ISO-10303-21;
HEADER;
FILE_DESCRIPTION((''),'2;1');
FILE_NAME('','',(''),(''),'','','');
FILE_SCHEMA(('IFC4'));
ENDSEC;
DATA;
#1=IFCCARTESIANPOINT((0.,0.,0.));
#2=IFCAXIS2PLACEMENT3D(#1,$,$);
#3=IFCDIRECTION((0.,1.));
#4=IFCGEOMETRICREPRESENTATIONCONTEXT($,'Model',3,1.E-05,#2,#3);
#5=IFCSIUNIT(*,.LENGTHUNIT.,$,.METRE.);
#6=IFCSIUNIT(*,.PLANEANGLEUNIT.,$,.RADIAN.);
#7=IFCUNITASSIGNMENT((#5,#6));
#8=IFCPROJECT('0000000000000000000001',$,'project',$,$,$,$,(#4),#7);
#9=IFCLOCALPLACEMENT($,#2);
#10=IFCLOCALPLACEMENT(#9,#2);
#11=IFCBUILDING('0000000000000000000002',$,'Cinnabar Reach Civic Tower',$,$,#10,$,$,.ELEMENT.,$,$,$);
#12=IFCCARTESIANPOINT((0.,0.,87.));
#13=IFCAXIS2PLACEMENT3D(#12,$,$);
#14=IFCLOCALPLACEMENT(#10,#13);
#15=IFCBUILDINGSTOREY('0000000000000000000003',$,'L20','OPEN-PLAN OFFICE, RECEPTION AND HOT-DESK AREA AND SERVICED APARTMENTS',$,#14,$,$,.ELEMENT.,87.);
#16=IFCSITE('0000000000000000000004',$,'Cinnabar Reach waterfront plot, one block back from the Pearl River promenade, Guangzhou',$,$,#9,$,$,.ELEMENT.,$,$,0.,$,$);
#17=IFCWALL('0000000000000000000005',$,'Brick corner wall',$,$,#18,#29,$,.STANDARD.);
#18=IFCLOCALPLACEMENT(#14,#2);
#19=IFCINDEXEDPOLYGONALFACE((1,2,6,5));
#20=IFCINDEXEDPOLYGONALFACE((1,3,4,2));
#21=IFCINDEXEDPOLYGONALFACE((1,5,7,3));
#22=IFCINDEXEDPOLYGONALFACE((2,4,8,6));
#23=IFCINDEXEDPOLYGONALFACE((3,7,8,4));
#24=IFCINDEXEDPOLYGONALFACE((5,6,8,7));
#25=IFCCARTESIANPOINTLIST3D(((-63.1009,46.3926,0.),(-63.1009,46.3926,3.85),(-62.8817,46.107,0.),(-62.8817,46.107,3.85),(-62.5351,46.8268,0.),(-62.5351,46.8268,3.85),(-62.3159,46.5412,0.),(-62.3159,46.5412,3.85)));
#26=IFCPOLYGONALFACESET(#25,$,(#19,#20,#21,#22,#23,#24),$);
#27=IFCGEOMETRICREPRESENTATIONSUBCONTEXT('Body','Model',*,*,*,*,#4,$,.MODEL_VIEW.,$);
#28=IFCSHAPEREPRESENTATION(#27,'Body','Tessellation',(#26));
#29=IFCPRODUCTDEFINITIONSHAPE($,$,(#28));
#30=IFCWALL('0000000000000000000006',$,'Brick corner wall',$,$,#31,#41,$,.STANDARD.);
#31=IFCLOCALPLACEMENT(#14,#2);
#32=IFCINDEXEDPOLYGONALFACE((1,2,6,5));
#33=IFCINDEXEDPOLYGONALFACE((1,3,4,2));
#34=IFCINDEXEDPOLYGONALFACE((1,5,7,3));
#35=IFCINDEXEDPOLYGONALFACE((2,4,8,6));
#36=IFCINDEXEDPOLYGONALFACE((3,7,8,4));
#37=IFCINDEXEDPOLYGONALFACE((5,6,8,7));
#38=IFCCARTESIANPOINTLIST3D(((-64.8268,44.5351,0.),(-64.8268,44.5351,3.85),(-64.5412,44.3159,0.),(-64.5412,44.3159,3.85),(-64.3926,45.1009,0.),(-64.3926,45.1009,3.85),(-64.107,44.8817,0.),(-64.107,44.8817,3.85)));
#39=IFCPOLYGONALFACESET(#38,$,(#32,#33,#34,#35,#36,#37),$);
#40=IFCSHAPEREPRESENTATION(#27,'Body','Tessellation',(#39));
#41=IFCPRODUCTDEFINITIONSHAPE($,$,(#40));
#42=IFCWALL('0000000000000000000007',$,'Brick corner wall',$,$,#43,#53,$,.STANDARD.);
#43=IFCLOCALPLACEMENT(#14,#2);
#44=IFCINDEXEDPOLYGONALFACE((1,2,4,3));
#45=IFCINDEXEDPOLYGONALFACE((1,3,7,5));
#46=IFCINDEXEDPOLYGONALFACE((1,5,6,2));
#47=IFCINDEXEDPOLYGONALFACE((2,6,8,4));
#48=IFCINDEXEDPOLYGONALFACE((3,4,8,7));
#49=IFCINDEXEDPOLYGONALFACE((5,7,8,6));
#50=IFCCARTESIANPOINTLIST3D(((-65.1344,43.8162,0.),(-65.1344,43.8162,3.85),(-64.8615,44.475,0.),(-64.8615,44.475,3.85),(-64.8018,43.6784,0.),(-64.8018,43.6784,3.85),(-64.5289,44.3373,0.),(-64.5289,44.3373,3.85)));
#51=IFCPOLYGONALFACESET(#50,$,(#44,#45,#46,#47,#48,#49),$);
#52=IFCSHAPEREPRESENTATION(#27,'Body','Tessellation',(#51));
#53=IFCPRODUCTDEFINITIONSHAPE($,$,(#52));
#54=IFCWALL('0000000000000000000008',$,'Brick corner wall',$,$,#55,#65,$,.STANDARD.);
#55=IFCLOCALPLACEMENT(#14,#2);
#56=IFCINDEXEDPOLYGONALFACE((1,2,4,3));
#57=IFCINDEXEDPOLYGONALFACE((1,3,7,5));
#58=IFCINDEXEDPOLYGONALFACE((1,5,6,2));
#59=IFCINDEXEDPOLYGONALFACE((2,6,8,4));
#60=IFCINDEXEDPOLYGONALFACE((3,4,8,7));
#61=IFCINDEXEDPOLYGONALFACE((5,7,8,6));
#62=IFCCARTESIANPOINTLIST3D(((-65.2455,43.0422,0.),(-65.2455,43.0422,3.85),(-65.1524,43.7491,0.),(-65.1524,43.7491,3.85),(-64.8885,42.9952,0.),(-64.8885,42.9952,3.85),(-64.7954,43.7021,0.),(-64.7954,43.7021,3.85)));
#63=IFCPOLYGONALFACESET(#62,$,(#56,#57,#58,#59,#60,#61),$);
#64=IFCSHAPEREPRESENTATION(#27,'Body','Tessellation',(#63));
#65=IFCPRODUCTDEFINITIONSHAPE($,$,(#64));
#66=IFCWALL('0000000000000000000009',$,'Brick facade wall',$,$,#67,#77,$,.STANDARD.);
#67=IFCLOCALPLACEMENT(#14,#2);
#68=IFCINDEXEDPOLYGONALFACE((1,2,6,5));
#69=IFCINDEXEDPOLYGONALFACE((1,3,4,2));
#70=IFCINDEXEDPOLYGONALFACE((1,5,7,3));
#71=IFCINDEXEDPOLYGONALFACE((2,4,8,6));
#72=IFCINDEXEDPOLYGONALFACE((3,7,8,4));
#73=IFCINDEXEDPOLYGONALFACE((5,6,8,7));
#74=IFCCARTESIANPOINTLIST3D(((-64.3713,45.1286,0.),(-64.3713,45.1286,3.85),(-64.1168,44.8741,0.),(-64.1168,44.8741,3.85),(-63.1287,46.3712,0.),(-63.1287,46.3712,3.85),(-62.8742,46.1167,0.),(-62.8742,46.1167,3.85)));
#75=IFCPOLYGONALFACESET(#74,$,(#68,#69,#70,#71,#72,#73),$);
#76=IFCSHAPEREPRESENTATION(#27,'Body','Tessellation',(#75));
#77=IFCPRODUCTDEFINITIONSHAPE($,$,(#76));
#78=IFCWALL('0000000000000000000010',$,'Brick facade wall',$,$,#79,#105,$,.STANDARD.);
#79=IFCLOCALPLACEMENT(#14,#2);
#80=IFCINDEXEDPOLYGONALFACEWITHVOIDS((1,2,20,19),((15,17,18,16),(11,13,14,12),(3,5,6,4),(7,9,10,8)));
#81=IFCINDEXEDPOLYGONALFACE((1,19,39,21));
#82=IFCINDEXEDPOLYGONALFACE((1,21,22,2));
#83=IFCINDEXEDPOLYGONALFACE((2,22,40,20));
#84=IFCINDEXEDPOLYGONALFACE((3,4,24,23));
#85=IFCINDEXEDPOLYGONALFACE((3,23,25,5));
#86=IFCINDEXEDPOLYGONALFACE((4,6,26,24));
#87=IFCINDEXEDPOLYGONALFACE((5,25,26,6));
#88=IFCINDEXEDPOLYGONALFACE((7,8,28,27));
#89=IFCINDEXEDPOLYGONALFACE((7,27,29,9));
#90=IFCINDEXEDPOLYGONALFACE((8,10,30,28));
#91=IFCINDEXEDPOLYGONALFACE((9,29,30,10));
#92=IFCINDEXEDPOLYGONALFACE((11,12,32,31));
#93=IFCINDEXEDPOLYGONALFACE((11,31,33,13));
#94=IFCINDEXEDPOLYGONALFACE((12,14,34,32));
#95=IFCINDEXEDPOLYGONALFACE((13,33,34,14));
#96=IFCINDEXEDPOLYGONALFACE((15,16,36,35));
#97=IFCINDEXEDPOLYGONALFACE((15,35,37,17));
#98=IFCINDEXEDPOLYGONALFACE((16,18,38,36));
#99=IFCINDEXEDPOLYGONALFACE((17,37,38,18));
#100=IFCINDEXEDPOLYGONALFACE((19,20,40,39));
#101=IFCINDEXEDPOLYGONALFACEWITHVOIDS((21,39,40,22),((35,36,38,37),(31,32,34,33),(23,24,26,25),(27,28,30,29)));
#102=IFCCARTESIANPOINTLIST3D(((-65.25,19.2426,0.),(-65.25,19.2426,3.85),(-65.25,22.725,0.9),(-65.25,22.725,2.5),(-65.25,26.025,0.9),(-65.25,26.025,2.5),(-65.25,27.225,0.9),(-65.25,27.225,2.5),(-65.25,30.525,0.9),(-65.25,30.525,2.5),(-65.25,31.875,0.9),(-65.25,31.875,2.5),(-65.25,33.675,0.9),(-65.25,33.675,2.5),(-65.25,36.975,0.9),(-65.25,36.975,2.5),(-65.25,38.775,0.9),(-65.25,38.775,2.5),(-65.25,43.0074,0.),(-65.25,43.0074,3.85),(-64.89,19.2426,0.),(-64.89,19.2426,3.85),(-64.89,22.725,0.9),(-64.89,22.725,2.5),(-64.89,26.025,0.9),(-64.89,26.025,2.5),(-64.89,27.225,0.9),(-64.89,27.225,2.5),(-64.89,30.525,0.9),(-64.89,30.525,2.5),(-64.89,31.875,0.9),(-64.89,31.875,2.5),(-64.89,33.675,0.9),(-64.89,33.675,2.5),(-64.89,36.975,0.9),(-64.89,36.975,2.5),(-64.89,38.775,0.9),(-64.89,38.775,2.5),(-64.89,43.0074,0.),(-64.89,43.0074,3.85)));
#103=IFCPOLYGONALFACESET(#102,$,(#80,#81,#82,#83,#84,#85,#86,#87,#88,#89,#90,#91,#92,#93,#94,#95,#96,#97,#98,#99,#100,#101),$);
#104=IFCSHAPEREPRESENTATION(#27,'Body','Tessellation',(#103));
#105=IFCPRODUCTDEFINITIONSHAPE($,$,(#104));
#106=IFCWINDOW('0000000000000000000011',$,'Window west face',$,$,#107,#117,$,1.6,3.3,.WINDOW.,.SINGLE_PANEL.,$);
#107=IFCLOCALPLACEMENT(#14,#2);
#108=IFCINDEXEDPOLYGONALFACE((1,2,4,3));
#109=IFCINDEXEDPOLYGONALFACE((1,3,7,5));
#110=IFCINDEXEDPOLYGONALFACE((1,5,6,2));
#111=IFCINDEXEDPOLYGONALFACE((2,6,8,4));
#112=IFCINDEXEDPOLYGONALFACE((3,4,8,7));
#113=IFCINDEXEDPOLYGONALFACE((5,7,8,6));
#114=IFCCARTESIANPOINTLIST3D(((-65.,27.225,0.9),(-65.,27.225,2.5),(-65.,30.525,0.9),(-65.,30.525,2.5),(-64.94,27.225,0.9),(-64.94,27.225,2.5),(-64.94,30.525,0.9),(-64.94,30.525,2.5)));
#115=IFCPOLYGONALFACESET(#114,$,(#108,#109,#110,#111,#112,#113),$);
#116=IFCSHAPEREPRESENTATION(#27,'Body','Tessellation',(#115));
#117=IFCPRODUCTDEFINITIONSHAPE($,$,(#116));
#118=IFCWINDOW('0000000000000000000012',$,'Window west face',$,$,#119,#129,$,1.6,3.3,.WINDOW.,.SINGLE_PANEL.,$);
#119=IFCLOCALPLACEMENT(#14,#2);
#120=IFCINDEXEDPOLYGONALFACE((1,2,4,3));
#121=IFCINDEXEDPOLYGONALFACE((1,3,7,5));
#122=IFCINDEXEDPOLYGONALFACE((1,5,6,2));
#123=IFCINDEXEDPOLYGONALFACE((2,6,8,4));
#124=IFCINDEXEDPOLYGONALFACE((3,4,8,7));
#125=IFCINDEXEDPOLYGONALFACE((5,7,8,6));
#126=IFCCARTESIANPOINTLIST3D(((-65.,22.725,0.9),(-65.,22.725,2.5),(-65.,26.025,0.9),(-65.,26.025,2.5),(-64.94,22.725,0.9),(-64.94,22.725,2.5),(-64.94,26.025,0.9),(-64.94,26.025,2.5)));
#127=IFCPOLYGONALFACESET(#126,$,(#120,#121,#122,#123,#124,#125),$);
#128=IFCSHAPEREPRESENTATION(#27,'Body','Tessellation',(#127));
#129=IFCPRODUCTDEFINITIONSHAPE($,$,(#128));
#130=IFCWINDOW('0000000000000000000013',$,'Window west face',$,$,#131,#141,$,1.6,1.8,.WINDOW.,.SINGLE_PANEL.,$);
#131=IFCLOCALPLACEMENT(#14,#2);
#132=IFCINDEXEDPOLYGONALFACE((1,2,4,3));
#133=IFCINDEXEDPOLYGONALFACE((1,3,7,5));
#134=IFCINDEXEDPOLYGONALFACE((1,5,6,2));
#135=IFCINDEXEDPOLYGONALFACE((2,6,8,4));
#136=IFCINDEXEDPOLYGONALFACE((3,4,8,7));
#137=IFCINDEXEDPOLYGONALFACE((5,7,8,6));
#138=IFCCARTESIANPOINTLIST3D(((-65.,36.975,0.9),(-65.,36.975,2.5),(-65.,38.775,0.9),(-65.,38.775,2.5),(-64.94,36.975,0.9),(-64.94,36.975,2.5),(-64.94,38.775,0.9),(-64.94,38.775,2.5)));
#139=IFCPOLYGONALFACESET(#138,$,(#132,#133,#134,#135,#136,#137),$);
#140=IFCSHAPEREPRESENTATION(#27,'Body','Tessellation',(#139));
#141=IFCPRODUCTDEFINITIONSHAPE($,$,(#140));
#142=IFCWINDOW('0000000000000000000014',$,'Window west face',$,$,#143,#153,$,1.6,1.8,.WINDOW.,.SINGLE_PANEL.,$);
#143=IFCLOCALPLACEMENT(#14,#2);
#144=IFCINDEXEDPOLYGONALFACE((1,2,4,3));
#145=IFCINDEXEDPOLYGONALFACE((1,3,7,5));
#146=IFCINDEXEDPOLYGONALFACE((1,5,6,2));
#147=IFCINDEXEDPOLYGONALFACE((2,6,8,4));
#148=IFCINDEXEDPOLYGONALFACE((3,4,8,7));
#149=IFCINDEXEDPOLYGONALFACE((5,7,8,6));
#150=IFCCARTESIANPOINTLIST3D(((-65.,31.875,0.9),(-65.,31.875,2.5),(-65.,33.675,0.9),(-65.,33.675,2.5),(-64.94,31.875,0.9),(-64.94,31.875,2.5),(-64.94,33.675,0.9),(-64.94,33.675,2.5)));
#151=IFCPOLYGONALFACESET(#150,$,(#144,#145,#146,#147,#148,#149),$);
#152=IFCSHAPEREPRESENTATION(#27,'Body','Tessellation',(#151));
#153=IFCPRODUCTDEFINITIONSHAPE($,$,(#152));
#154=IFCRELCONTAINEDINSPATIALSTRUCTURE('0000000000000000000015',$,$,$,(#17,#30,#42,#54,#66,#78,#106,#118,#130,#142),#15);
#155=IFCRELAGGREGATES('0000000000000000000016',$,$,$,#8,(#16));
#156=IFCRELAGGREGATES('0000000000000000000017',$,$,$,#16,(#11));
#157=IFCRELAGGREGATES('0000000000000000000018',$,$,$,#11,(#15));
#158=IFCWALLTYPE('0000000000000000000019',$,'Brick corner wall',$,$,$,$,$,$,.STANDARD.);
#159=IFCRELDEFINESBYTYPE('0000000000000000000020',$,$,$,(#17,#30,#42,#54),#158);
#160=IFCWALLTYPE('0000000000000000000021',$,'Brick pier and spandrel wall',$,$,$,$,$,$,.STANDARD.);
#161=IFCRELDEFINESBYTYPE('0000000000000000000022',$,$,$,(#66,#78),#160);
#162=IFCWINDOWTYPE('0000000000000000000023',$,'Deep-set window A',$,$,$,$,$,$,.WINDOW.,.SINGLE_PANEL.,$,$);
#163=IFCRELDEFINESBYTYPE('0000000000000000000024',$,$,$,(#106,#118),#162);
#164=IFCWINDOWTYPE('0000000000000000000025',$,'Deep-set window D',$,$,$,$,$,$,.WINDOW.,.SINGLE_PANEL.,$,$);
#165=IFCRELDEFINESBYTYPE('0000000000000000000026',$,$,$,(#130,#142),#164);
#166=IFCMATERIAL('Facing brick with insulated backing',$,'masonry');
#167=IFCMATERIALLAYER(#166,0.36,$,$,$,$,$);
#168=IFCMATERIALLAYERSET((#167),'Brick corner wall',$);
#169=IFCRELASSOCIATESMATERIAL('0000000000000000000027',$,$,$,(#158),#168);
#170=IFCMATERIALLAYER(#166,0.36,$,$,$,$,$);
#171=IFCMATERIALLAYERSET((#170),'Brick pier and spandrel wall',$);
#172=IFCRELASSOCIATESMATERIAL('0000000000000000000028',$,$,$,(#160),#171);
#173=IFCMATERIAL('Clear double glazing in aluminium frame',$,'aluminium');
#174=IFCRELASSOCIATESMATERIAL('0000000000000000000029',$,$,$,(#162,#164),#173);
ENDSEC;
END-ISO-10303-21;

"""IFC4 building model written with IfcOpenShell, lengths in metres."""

from ifc_helpers import new_model, si_unit, direction, frame, frame_2d, origin, place, context, subcontext, project, spatial, rectangle, extrude, material, layer, layer_set, type_object, element, fill, save


model = new_model("IFC4")

# Units and contexts
model_context = context("Model", 3, precision=1e-05, world=origin(), true_north=direction((0.0, 1.0)))
body_context = subcontext(model_context, "Body", "Model", "MODEL_VIEW")
ifc_project = project(units=[si_unit("LENGTHUNIT", "METRE"), si_unit("PLANEANGLEUNIT", "RADIAN")], contexts=[model_context])

# Site, building, storey
site_placement = place(None, origin())
site = spatial("IfcSite", under=ifc_project, at=site_placement, Name="Cinnabar Reach waterfront plot, one block back from the Pearl River promenade, Guangzhou", CompositionType="ELEMENT", RefElevation=0.0)
building_placement = place(site_placement, origin())
building = spatial("IfcBuilding", under=site, at=building_placement, Name="Cinnabar Reach Civic Tower", CompositionType="ELEMENT")
storey_placement = place(building_placement, frame((0.0, 0.0, 87.0)))
storey = spatial("IfcBuildingStorey", under=building, at=storey_placement, Name="L20", Description="OPEN-PLAN OFFICE, RECEPTION AND HOT-DESK AREA AND SERVICED APARTMENTS", CompositionType="ELEMENT", Elevation=87.0)

# Walls
ifc_material_1 = material(Name="Facing brick with insulated backing", Category="masonry")
ifc_layer_1 = layer(ifc_material_1, 0.36)
ifc_layer_set_1 = layer_set([ifc_layer_1], Name="Brick corner wall")
wall_type_1 = type_object("IfcWallType", Name="Brick corner wall", PredefinedType="STANDARD", material=ifc_layer_set_1)
for number, where, z_axis, x_axis, name in (
    (1, (-62.4255, 46.684, 0.0), (0.0, 0.0, 1.0), (-0.793322, -0.608802, 0.0), "Brick corner wall"),
    (2, (-64.2498, 44.9913, 0.0), (0.0, 0.0, 1.0), (-0.608802, -0.793322, 0.0), "Brick corner wall"),
):
    element("IfcWall", number, at=place(storey_placement, frame(where, z_axis=z_axis, x_axis=x_axis)), inside=storey, type_object=wall_type_1, Name=name, PredefinedType="STANDARD", context=body_context, shape_type="SweptSolid", body=[
        extrude(rectangle(XDim=0.7132, YDim=0.36, at=frame_2d((0.3566, 0.0))), origin(), (0.0, 0.0, 1.0), 3.85),
    ])
for number, where, z_axis, x_axis, name in (
    (3, (-64.6952, 44.4061, 0.0), (0.0, 0.0, 1.0), (-0.382703, -0.923872, 0.0), "Brick corner wall"),
    (4, (-64.9739, 43.7256, 0.0), (0.0, 0.0, 1.0), (-0.130556, -0.991441, 0.0), "Brick corner wall"),
):
    element("IfcWall", number, at=place(storey_placement, frame(where, z_axis=z_axis, x_axis=x_axis)), inside=storey, type_object=wall_type_1, Name=name, PredefinedType="STANDARD", context=body_context, shape_type="SweptSolid", body=[
        extrude(rectangle(XDim=0.7131, YDim=0.36, at=frame_2d((0.3565, 0.0))), origin(), (0.0, 0.0, 1.0), 3.85),
    ])
ifc_layer_2 = layer(ifc_material_1, 0.36)
ifc_layer_set_2 = layer_set([ifc_layer_2], Name="Brick pier and spandrel wall")
wall_type_2 = type_object("IfcWallType", Name="Brick pier and spandrel wall", PredefinedType="STANDARD", material=ifc_layer_set_2)
wall_1_placement = place(storey_placement, frame((-63.0014, 46.244, 0.0), z_axis=(0.0, 0.0, 1.0), x_axis=(-0.707107, -0.707107, 0.0)))
element("IfcWall", 5, at=wall_1_placement, inside=storey, type_object=wall_type_2, Name="Brick facade wall", PredefinedType="STANDARD", context=body_context, shape_type="SweptSolid", body=[
    extrude(rectangle(XDim=1.7573, YDim=0.36, at=frame_2d((0.8787, 0.0))), origin(), (0.0, 0.0, 1.0), 3.85),
])

# Wall, openings, windows
wall_2_placement = place(storey_placement, frame((-65.07, 43.0074, 0.0), z_axis=(0.0, 0.0, 1.0), x_axis=(0.0, -1.0, 0.0)))
wall_2 = element("IfcWall", 6, at=wall_2_placement, inside=storey, type_object=wall_type_2, Name="Brick facade wall", PredefinedType="STANDARD", context=body_context, shape_type="SweptSolid", body=[
    extrude(rectangle(XDim=23.7648, YDim=0.36, at=frame_2d((11.8824, 0.0))), origin(), (0.0, 0.0, 1.0), 3.85),
])
opening_1_placement = place(wall_2_placement, frame((4.2324, 0.0, 0.9)))
opening_1 = element("IfcOpeningElement", 7, at=opening_1_placement, cuts=wall_2, PredefinedType="OPENING", context=body_context, shape_type="SweptSolid", body=[
    extrude(rectangle(XDim=1.8, YDim=1.6, at=frame_2d((0.9, 0.8))), frame((0.0, 0.19, 0.0), z_axis=(0.0, -1.0, 0.0), x_axis=(1.0, 0.0, 0.0)), (0.0, 0.0, 1.0), 0.38),
])
opening_2_placement = place(wall_2_placement, frame((9.3324, 0.0, 0.9)))
opening_2 = element("IfcOpeningElement", 8, at=opening_2_placement, cuts=wall_2, PredefinedType="OPENING", context=body_context, shape_type="SweptSolid", body=[
    extrude(rectangle(XDim=1.8, YDim=1.6, at=frame_2d((0.9, 0.8))), frame((0.0, 0.19, 0.0), z_axis=(0.0, -1.0, 0.0), x_axis=(1.0, 0.0, 0.0)), (0.0, 0.0, 1.0), 0.38),
])
opening_3_placement = place(wall_2_placement, frame((12.4824, 0.0, 0.9)))
opening_3 = element("IfcOpeningElement", 9, at=opening_3_placement, cuts=wall_2, PredefinedType="OPENING", context=body_context, shape_type="SweptSolid", body=[
    extrude(rectangle(XDim=3.3, YDim=1.6, at=frame_2d((1.65, 0.8))), frame((0.0, 0.19, 0.0), z_axis=(0.0, -1.0, 0.0), x_axis=(1.0, 0.0, 0.0)), (0.0, 0.0, 1.0), 0.38),
])
opening_4_placement = place(wall_2_placement, frame((16.9824, 0.0, 0.9)))
opening_4 = element("IfcOpeningElement", 10, at=opening_4_placement, cuts=wall_2, PredefinedType="OPENING", context=body_context, shape_type="SweptSolid", body=[
    extrude(rectangle(XDim=3.3, YDim=1.6, at=frame_2d((1.65, 0.8))), frame((0.0, 0.19, 0.0), z_axis=(0.0, -1.0, 0.0), x_axis=(1.0, 0.0, 0.0)), (0.0, 0.0, 1.0), 0.38),
])
ifc_material_2 = material(Name="Clear double glazing in aluminium frame", Category="aluminium")
window_type_1 = type_object("IfcWindowType", Name="Deep-set window A", PartitioningType="SINGLE_PANEL", PredefinedType="WINDOW", material=ifc_material_2)
window_1_placement = place(opening_3_placement, origin())
window_1 = element("IfcWindow", 11, at=window_1_placement, inside=storey, type_object=window_type_1, Name="Window west face", OverallHeight=1.6, OverallWidth=3.3, PartitioningType="SINGLE_PANEL", PredefinedType="WINDOW", context=body_context, shape_type="SweptSolid", body=[
    extrude(rectangle(XDim=3.3, YDim=1.6, at=frame_2d((1.65, 0.8))), frame((0.0, 0.13, 0.0), z_axis=(0.0, -1.0, 0.0), x_axis=(1.0, 0.0, 0.0)), (0.0, 0.0, 1.0), 0.06),
])
fill(opening_3, window_1)
window_2_placement = place(opening_4_placement, origin())
window_2 = element("IfcWindow", 12, at=window_2_placement, inside=storey, type_object=window_type_1, Name="Window west face", OverallHeight=1.6, OverallWidth=3.3, PartitioningType="SINGLE_PANEL", PredefinedType="WINDOW", context=body_context, shape_type="SweptSolid", body=[
    extrude(rectangle(XDim=3.3, YDim=1.6, at=frame_2d((1.65, 0.8))), frame((0.0, 0.13, 0.0), z_axis=(0.0, -1.0, 0.0), x_axis=(1.0, 0.0, 0.0)), (0.0, 0.0, 1.0), 0.06),
])
fill(opening_4, window_2)
window_type_2 = type_object("IfcWindowType", Name="Deep-set window D", PartitioningType="SINGLE_PANEL", PredefinedType="WINDOW", material=ifc_material_2)
window_3_placement = place(opening_1_placement, origin())
window_3 = element("IfcWindow", 13, at=window_3_placement, inside=storey, type_object=window_type_2, Name="Window west face", OverallHeight=1.6, OverallWidth=1.8, PartitioningType="SINGLE_PANEL", PredefinedType="WINDOW", context=body_context, shape_type="SweptSolid", body=[
    extrude(rectangle(XDim=1.8, YDim=1.6, at=frame_2d((0.9, 0.8))), frame((0.0, 0.13, 0.0), z_axis=(0.0, -1.0, 0.0), x_axis=(1.0, 0.0, 0.0)), (0.0, 0.0, 1.0), 0.06),
])
fill(opening_1, window_3)
window_4_placement = place(opening_2_placement, origin())
window_4 = element("IfcWindow", 14, at=window_4_placement, inside=storey, type_object=window_type_2, Name="Window west face", OverallHeight=1.6, OverallWidth=1.8, PartitioningType="SINGLE_PANEL", PredefinedType="WINDOW", context=body_context, shape_type="SweptSolid", body=[
    extrude(rectangle(XDim=1.8, YDim=1.6, at=frame_2d((0.9, 0.8))), frame((0.0, 0.13, 0.0), z_axis=(0.0, -1.0, 0.0), x_axis=(1.0, 0.0, 0.0)), (0.0, 0.0, 1.0), 0.06),
])
fill(opening_2, window_4)

save(model, "model.ifc")
